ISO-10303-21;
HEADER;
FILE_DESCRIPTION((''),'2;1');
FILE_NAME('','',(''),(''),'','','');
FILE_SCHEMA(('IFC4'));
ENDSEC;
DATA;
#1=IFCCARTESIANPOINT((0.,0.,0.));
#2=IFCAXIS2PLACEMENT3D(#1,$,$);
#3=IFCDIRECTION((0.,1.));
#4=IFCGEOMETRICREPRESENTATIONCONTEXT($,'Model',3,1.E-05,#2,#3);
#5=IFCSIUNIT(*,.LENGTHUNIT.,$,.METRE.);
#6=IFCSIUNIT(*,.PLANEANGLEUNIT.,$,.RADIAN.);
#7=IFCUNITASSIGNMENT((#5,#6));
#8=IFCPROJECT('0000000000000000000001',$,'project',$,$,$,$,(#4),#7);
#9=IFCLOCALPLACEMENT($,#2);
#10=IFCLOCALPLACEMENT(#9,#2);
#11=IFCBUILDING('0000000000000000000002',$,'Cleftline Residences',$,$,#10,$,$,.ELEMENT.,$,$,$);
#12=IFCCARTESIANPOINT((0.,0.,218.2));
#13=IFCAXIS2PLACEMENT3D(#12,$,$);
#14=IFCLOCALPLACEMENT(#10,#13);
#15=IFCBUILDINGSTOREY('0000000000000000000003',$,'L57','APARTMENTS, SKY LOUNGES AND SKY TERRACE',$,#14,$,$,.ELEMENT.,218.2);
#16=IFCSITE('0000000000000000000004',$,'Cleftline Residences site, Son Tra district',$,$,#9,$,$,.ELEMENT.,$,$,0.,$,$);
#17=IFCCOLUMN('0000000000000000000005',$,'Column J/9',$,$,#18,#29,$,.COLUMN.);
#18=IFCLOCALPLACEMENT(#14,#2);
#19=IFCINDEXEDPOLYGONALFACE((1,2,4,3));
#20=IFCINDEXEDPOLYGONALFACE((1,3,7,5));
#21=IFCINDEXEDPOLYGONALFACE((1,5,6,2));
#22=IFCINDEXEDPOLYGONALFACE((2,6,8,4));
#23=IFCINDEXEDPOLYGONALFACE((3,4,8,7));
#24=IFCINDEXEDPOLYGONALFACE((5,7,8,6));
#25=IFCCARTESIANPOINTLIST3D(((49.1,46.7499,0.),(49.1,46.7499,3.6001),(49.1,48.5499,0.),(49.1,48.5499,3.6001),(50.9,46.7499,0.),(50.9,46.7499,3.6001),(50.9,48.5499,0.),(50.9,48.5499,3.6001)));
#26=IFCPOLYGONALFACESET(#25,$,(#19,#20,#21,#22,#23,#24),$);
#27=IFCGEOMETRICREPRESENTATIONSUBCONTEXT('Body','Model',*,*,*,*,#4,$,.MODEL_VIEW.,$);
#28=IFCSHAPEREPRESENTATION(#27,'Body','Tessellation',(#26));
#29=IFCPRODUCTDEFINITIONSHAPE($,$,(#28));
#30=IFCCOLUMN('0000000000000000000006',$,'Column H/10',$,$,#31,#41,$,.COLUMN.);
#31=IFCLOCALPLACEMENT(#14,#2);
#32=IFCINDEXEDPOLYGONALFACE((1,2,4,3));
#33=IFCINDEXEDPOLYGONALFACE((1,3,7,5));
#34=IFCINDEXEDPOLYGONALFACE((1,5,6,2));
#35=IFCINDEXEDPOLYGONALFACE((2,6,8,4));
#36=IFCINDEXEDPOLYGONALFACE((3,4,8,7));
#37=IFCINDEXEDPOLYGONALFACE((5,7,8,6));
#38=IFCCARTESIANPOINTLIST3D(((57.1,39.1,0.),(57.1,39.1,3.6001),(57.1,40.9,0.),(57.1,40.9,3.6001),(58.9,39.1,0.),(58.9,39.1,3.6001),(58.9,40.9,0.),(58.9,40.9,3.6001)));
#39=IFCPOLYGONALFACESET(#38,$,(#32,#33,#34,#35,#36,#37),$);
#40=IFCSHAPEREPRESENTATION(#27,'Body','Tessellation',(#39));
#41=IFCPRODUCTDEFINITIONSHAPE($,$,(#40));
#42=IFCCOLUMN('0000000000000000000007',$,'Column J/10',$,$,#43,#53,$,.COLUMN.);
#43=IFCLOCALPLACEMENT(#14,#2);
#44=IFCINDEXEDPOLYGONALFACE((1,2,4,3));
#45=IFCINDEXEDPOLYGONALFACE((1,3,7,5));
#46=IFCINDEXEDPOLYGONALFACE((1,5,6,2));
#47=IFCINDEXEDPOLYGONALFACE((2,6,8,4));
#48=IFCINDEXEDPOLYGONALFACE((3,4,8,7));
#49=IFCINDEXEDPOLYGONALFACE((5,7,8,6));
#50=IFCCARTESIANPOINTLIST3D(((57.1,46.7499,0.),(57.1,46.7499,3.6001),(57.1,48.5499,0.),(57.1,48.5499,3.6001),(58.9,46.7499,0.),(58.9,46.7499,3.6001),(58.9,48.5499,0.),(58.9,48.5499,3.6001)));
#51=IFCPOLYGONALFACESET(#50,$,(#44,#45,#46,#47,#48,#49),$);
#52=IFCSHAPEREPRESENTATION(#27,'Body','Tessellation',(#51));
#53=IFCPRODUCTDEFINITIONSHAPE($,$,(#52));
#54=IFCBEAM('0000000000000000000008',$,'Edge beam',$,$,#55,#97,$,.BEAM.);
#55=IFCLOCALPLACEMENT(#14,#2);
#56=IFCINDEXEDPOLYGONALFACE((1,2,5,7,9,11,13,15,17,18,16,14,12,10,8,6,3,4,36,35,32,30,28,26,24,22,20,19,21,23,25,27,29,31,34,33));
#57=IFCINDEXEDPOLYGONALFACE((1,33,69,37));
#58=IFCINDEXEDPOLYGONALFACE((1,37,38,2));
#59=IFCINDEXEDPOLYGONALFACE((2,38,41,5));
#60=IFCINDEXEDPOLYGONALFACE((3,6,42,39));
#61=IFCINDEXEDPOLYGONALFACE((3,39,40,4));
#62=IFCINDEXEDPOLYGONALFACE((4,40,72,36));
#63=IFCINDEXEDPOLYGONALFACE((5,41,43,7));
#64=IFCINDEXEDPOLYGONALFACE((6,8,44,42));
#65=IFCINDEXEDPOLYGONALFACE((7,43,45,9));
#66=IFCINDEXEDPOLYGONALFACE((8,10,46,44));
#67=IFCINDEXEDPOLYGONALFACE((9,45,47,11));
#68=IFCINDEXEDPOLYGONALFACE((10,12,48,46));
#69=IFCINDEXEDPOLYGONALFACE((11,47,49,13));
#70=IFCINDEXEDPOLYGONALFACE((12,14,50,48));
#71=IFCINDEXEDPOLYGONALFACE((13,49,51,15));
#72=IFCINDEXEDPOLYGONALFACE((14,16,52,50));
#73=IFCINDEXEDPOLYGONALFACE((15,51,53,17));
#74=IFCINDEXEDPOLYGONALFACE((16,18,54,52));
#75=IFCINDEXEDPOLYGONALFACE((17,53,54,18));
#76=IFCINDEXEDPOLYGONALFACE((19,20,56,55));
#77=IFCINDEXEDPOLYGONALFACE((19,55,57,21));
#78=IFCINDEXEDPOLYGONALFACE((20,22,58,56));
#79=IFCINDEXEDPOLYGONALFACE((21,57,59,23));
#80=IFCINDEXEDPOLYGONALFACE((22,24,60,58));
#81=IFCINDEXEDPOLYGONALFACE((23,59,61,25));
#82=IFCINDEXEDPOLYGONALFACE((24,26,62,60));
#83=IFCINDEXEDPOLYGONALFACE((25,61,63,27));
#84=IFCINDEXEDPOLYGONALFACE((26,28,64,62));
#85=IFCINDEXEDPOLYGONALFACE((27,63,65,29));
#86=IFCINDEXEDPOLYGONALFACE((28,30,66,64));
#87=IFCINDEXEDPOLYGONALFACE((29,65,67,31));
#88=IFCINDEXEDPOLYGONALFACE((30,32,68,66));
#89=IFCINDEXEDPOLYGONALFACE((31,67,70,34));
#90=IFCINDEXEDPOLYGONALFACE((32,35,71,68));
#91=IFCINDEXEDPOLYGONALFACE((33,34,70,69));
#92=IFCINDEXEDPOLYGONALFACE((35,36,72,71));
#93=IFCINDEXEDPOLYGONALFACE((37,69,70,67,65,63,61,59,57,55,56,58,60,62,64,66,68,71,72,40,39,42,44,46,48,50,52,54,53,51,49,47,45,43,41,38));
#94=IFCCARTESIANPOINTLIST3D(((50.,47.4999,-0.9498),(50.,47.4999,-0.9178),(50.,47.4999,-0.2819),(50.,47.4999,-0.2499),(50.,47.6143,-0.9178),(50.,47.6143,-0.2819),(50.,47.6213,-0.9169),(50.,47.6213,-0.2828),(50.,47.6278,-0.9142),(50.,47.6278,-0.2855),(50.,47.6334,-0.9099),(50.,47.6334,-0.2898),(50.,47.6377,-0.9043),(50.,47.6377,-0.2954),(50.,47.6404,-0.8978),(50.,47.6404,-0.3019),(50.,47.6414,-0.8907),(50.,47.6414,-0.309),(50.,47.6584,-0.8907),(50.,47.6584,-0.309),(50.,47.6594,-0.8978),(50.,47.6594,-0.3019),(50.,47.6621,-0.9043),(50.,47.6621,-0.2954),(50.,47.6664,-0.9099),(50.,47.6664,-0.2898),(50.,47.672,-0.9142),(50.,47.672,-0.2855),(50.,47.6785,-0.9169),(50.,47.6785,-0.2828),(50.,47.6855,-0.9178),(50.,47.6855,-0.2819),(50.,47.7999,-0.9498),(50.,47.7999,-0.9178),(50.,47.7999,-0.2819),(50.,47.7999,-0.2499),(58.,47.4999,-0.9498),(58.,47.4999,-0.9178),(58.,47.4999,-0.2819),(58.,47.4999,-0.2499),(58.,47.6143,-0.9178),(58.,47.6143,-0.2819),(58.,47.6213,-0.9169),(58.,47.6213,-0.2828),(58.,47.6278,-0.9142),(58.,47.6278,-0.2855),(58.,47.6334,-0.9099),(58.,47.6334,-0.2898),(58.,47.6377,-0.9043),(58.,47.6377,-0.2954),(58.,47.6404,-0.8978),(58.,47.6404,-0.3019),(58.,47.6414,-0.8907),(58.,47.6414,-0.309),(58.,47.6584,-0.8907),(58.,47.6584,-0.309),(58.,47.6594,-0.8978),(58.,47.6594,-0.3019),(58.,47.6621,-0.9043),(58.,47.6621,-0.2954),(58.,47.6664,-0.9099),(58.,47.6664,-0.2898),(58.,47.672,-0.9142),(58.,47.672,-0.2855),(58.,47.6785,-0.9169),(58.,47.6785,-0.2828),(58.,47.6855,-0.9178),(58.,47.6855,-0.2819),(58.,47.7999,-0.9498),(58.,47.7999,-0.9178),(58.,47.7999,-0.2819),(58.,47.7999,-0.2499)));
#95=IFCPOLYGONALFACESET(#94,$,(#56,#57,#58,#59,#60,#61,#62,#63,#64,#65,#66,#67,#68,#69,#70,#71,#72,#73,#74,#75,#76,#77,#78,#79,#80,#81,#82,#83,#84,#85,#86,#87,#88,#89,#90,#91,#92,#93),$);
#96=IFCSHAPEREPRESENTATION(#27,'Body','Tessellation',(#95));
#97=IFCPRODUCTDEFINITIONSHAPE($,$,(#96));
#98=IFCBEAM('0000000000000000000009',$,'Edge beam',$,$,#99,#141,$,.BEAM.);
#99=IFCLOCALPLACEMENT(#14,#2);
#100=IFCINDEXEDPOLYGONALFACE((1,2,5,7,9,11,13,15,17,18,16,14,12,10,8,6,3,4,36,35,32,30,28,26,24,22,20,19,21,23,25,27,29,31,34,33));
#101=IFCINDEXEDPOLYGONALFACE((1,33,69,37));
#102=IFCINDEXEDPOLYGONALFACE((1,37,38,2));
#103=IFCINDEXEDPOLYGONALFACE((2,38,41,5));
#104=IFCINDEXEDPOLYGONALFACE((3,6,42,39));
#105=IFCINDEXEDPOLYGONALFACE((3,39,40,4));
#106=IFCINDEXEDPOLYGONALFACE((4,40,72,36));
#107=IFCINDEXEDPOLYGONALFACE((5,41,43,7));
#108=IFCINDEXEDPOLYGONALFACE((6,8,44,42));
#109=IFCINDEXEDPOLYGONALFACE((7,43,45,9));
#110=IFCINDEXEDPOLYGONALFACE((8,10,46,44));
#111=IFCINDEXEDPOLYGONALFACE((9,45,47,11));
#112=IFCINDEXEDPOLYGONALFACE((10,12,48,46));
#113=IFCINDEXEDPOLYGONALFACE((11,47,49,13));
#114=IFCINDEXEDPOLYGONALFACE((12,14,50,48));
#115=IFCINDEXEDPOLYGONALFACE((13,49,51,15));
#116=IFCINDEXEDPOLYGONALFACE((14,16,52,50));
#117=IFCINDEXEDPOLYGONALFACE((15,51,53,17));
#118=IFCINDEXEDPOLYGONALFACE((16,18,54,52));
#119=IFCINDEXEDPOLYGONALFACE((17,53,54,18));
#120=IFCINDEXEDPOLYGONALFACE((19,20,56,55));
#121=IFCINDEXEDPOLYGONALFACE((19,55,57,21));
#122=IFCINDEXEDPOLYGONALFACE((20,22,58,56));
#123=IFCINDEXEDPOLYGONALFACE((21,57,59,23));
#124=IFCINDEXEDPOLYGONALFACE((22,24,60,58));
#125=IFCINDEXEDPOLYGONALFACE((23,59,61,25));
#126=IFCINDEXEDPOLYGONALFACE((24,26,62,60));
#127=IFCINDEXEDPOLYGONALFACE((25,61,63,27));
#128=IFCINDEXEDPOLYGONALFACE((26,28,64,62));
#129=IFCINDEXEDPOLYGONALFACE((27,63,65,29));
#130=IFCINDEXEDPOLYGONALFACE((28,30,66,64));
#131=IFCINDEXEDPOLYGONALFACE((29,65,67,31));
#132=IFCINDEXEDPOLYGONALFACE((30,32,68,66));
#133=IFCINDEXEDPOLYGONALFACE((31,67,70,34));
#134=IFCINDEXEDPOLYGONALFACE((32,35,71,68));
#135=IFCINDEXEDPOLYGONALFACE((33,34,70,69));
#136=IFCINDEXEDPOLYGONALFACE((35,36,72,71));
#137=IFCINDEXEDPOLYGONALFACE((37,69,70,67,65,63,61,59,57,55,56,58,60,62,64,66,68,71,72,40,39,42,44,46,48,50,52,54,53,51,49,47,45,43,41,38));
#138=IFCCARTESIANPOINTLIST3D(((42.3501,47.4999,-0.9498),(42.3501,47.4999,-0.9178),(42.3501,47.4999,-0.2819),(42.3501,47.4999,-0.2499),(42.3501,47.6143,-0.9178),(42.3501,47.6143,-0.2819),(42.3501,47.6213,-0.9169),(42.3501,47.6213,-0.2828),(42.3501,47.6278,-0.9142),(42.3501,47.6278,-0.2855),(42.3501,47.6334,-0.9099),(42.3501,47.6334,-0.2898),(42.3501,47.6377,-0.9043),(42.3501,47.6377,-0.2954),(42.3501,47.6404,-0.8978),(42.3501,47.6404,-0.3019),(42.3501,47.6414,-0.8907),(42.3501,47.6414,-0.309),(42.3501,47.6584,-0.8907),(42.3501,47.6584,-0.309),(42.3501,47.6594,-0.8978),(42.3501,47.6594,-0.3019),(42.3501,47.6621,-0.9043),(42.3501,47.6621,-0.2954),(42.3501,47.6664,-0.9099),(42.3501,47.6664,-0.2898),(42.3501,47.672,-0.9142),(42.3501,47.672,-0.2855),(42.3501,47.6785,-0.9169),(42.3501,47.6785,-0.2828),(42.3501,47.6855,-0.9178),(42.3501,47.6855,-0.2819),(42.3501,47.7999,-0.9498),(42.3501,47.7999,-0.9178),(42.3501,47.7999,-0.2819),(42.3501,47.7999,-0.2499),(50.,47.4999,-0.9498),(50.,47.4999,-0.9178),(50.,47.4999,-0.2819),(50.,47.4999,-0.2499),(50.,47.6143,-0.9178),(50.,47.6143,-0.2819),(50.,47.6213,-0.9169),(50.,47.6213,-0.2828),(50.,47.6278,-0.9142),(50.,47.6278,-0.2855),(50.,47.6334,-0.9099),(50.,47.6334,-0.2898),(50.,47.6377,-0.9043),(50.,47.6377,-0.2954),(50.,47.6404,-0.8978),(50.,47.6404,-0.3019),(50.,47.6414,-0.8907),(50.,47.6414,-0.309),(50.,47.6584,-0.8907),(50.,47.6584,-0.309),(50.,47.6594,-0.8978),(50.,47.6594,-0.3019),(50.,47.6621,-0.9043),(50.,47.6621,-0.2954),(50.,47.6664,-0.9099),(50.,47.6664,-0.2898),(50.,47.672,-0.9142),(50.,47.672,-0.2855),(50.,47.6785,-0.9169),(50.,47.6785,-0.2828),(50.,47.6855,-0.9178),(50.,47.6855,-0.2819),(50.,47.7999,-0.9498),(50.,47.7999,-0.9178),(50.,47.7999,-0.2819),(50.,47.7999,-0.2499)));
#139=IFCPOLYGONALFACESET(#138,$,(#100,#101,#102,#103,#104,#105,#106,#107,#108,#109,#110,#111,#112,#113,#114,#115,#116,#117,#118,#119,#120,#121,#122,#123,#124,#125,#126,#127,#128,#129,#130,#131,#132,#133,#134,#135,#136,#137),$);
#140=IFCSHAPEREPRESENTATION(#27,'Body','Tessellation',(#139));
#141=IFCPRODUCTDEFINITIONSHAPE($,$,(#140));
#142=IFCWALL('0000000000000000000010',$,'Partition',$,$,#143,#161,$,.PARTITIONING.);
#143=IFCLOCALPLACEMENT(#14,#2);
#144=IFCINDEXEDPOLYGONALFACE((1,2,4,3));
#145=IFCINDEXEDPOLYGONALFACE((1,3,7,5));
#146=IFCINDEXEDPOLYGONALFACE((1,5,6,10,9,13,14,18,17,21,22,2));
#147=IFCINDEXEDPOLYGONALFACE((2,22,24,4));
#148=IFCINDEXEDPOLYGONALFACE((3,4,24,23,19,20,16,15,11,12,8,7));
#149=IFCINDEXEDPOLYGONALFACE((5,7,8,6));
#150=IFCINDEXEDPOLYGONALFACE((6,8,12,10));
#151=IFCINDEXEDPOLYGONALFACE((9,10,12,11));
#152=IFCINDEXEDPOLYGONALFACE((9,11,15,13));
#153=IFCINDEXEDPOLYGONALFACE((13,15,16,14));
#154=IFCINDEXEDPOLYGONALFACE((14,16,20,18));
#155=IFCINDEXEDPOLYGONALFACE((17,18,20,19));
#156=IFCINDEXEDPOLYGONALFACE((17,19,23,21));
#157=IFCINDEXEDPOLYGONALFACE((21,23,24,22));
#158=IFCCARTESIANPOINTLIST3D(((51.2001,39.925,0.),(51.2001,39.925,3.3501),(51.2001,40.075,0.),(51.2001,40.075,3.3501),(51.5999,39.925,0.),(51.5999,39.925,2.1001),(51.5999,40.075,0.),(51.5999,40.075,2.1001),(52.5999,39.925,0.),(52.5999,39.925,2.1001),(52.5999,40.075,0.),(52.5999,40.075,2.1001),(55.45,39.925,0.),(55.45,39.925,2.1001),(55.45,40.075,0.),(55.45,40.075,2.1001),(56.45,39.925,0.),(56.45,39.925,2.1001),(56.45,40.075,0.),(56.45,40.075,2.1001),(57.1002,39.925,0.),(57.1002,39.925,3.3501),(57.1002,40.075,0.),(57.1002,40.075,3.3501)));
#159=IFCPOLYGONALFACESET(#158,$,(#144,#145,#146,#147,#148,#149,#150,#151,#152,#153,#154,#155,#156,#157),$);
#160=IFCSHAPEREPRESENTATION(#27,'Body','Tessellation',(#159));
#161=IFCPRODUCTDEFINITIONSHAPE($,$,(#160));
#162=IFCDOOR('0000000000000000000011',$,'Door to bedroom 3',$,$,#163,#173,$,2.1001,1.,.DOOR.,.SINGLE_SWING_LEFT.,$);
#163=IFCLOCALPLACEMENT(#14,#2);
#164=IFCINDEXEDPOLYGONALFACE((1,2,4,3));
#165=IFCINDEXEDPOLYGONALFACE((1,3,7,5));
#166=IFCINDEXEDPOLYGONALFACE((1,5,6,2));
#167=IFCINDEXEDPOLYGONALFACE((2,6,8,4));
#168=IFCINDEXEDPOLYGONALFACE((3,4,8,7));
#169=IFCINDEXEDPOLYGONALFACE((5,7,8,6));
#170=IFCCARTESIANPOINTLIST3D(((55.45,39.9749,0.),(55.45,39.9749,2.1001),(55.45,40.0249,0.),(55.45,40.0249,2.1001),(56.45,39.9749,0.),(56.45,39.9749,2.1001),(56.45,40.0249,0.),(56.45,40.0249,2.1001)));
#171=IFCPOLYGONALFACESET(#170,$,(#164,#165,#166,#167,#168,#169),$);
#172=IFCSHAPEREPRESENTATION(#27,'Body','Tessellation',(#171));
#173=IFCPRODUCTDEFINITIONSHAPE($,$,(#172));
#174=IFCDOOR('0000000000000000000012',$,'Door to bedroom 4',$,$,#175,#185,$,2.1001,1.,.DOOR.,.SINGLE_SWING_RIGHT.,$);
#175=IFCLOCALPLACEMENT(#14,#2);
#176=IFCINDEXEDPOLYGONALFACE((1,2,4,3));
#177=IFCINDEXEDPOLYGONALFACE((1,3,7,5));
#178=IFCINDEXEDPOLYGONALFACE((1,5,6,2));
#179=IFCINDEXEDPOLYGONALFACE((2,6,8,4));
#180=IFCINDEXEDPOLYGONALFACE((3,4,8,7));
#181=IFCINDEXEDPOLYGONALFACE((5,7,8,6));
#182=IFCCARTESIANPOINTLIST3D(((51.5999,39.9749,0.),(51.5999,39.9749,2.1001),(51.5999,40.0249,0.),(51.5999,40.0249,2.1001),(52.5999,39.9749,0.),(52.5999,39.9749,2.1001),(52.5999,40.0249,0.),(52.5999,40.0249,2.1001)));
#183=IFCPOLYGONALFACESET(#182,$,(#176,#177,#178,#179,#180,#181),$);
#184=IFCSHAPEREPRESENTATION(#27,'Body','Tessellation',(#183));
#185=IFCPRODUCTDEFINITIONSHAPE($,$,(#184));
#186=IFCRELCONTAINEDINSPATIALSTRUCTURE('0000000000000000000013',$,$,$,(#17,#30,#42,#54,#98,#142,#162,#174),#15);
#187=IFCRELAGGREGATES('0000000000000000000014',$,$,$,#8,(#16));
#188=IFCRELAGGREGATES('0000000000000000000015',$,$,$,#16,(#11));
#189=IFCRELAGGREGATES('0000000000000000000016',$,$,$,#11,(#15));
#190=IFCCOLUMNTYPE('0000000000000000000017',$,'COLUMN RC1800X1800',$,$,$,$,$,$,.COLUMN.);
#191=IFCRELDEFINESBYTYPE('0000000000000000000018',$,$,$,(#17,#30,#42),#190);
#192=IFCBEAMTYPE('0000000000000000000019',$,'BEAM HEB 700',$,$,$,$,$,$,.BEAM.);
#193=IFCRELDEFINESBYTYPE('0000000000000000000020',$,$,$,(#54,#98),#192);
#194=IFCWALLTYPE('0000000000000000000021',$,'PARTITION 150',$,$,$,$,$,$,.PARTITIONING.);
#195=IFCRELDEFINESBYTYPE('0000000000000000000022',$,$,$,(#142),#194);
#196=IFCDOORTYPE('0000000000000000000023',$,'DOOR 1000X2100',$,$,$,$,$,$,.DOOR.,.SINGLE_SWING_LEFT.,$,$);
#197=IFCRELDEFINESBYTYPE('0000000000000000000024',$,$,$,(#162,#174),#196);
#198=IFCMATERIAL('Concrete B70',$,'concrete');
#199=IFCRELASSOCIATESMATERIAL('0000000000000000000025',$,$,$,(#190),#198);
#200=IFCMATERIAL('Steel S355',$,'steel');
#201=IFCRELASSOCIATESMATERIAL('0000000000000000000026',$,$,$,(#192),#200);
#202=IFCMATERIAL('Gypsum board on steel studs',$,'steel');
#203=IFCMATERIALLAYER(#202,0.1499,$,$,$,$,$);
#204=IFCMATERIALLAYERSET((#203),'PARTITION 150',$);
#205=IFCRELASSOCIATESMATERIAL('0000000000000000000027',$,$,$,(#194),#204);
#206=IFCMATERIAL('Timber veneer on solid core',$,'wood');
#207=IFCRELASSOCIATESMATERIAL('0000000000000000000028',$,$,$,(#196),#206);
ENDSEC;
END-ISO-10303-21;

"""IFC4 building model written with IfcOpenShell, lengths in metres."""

from ifc_helpers import new_model, si_unit, direction, frame, frame_2d, origin, origin_2d, place, context, subcontext, project, spatial, rectangle, i_section, extrude, material, layer, layer_set, material_profile, profile_set, type_object, element, fill, save


model = new_model("IFC4")

# Units and contexts
model_context = context("Model", 3, precision=1e-05, world=origin(), true_north=direction((0.0, 1.0)))
body_context = subcontext(model_context, "Body", "Model", "MODEL_VIEW")
ifc_project = project(units=[si_unit("LENGTHUNIT", "METRE"), si_unit("PLANEANGLEUNIT", "RADIAN")], contexts=[model_context])

# Site, building, storey
site_placement = place(None, origin())
site = spatial("IfcSite", under=ifc_project, at=site_placement, Name="Cleftline Residences site, Son Tra district", CompositionType="ELEMENT", RefElevation=0.0)
building_placement = place(site_placement, origin())
building = spatial("IfcBuilding", under=site, at=building_placement, Name="Cleftline Residences", CompositionType="ELEMENT")
storey_placement = place(building_placement, frame((0.0, 0.0, 218.2)))
storey = spatial("IfcBuildingStorey", under=building, at=storey_placement, Name="L57", Description="APARTMENTS, SKY LOUNGES AND SKY TERRACE", CompositionType="ELEMENT", Elevation=218.2)

# Columns
ifc_material_1 = material(Name="Concrete B70", Category="concrete")
ifc_material_profile_1 = material_profile(ifc_material_1, rectangle(XDim=1.8, YDim=1.8, at=origin_2d()))
ifc_profile_set_1 = profile_set([ifc_material_profile_1], Name="Concrete B70")
column_type = type_object("IfcColumnType", Name="COLUMN RC1800X1800", PredefinedType="COLUMN", material=ifc_profile_set_1)
for number, where, z_axis, x_axis, name in (
    (1, (50.0, 47.6499, 0.0), (0.0, 0.0, 1.0), (1.0, 0.0, 0.0), "Column J/9"),
    (2, (58.0, 40.0, 0.0), (0.0, 0.0, 1.0), (1.0, 0.0, 0.0), "Column H/10"),
    (3, (58.0, 47.6499, 0.0), (0.0, 0.0, 1.0), (1.0, 0.0, 0.0), "Column J/10"),
):
    element("IfcColumn", number, at=place(storey_placement, frame(where, z_axis=z_axis, x_axis=x_axis)), inside=storey, type_object=column_type, Name=name, PredefinedType="COLUMN", context=body_context, shape_type="SweptSolid", body=[
        extrude(rectangle(XDim=1.8, YDim=1.8, at=origin_2d()), origin(), (0.0, 0.0, 1.0), 3.6001),
    ])

# Beams
ifc_material_2 = material(Name="Steel S355", Category="steel")
ifc_material_profile_2 = material_profile(ifc_material_2, i_section(OverallWidth=0.3, OverallDepth=0.7, WebThickness=0.0171, FlangeThickness=0.032, FilletRadius=0.0271, at=origin_2d()))
ifc_profile_set_2 = profile_set([ifc_material_profile_2], Name="Steel S355")
beam_type = type_object("IfcBeamType", Name="BEAM HEB 700", PredefinedType="BEAM", material=ifc_profile_set_2)
beam_1_placement = place(storey_placement, frame((58.0, 47.6499, -0.5999), z_axis=(-1.0, 0.0, 0.0), x_axis=(0.0, -1.0, 0.0)))
element("IfcBeam", 4, at=beam_1_placement, inside=storey, type_object=beam_type, Name="Edge beam", PredefinedType="BEAM", context=body_context, shape_type="SweptSolid", body=[
    extrude(i_section(OverallWidth=0.3, OverallDepth=0.7, WebThickness=0.0171, FlangeThickness=0.032, FilletRadius=0.0271, at=origin_2d()), origin(), (0.0, 0.0, 1.0), 8.0),
])
beam_2_placement = place(storey_placement, frame((50.0, 47.6499, -0.5999), z_axis=(-1.0, 0.0, 0.0), x_axis=(0.0, -1.0, 0.0)))
element("IfcBeam", 5, at=beam_2_placement, inside=storey, type_object=beam_type, Name="Edge beam", PredefinedType="BEAM", context=body_context, shape_type="SweptSolid", body=[
    extrude(i_section(OverallWidth=0.3, OverallDepth=0.7, WebThickness=0.0171, FlangeThickness=0.032, FilletRadius=0.0271, at=origin_2d()), origin(), (0.0, 0.0, 1.0), 7.6499),
])

# Wall, openings, doors
ifc_material_3 = material(Name="Gypsum board on steel studs", Category="steel")
ifc_layer = layer(ifc_material_3, 0.1499)
ifc_layer_set = layer_set([ifc_layer], Name="PARTITION 150")
wall_type = type_object("IfcWallType", Name="PARTITION 150", PredefinedType="PARTITIONING", material=ifc_layer_set)
wall_1_placement = place(storey_placement, frame((51.2, 40.0, 0.0), z_axis=(0.0, 0.0, 1.0), x_axis=(1.0, 0.0, 0.0)))
wall_1 = element("IfcWall", 6, at=wall_1_placement, inside=storey, type_object=wall_type, Name="Partition", PredefinedType="PARTITIONING", context=body_context, shape_type="SweptSolid", body=[
    extrude(rectangle(XDim=5.9001, YDim=0.1499, at=frame_2d((2.9502, 0.0))), origin(), (0.0, 0.0, 1.0), 3.3501),
])
opening_1_placement = place(wall_1_placement, frame((4.25, 0.0, 0.0)))
opening_1 = element("IfcOpeningElement", 7, at=opening_1_placement, cuts=wall_1, PredefinedType="OPENING", context=body_context, shape_type="SweptSolid", body=[
    extrude(rectangle(XDim=1.0, YDim=2.1001, at=frame_2d((0.5, 1.05))), frame((0.0, 0.085, 0.0), z_axis=(0.0, -1.0, 0.0), x_axis=(1.0, 0.0, 0.0)), (0.0, 0.0, 1.0), 0.1699),
])
opening_2_placement = place(wall_1_placement, frame((0.3999, 0.0, 0.0)))
opening_2 = element("IfcOpeningElement", 8, at=opening_2_placement, cuts=wall_1, PredefinedType="OPENING", context=body_context, shape_type="SweptSolid", body=[
    extrude(rectangle(XDim=1.0, YDim=2.1001, at=frame_2d((0.5, 1.05))), frame((0.0, 0.085, 0.0), z_axis=(0.0, -1.0, 0.0), x_axis=(1.0, 0.0, 0.0)), (0.0, 0.0, 1.0), 0.1699),
])
ifc_material_4 = material(Name="Timber veneer on solid core", Category="wood")
door_type_1 = type_object("IfcDoorType", Name="DOOR 1000X2100", OperationType="SINGLE_SWING_LEFT", PredefinedType="DOOR", material=ifc_material_4)
door_1_placement = place(opening_1_placement, origin())
door_1 = element("IfcDoor", 9, at=door_1_placement, inside=storey, type_object=door_type_1, Name="Door to bedroom 3", OperationType="SINGLE_SWING_LEFT", OverallHeight=2.1001, OverallWidth=1.0, PredefinedType="DOOR", context=body_context, shape_type="SweptSolid", body=[
    extrude(rectangle(XDim=1.0, YDim=2.1001, at=frame_2d((0.5, 1.05))), frame((0.0, 0.0249, 0.0), z_axis=(0.0, -1.0, 0.0), x_axis=(1.0, 0.0, 0.0)), (0.0, 0.0, 1.0), 0.05),
])
fill(opening_1, door_1)
door_2_placement = place(opening_2_placement, origin())
door_2 = element("IfcDoor", 10, at=door_2_placement, inside=storey, type_object=door_type_1, Name="Door to bedroom 4", OperationType="SINGLE_SWING_RIGHT", OverallHeight=2.1001, OverallWidth=1.0, PredefinedType="DOOR", context=body_context, shape_type="SweptSolid", body=[
    extrude(rectangle(XDim=1.0, YDim=2.1001, at=frame_2d((0.5, 1.05))), frame((0.0, 0.0249, 0.0), z_axis=(0.0, -1.0, 0.0), x_axis=(1.0, 0.0, 0.0)), (0.0, 0.0, 1.0), 0.05),
])
fill(opening_2, door_2)

save(model, "model.ifc")
